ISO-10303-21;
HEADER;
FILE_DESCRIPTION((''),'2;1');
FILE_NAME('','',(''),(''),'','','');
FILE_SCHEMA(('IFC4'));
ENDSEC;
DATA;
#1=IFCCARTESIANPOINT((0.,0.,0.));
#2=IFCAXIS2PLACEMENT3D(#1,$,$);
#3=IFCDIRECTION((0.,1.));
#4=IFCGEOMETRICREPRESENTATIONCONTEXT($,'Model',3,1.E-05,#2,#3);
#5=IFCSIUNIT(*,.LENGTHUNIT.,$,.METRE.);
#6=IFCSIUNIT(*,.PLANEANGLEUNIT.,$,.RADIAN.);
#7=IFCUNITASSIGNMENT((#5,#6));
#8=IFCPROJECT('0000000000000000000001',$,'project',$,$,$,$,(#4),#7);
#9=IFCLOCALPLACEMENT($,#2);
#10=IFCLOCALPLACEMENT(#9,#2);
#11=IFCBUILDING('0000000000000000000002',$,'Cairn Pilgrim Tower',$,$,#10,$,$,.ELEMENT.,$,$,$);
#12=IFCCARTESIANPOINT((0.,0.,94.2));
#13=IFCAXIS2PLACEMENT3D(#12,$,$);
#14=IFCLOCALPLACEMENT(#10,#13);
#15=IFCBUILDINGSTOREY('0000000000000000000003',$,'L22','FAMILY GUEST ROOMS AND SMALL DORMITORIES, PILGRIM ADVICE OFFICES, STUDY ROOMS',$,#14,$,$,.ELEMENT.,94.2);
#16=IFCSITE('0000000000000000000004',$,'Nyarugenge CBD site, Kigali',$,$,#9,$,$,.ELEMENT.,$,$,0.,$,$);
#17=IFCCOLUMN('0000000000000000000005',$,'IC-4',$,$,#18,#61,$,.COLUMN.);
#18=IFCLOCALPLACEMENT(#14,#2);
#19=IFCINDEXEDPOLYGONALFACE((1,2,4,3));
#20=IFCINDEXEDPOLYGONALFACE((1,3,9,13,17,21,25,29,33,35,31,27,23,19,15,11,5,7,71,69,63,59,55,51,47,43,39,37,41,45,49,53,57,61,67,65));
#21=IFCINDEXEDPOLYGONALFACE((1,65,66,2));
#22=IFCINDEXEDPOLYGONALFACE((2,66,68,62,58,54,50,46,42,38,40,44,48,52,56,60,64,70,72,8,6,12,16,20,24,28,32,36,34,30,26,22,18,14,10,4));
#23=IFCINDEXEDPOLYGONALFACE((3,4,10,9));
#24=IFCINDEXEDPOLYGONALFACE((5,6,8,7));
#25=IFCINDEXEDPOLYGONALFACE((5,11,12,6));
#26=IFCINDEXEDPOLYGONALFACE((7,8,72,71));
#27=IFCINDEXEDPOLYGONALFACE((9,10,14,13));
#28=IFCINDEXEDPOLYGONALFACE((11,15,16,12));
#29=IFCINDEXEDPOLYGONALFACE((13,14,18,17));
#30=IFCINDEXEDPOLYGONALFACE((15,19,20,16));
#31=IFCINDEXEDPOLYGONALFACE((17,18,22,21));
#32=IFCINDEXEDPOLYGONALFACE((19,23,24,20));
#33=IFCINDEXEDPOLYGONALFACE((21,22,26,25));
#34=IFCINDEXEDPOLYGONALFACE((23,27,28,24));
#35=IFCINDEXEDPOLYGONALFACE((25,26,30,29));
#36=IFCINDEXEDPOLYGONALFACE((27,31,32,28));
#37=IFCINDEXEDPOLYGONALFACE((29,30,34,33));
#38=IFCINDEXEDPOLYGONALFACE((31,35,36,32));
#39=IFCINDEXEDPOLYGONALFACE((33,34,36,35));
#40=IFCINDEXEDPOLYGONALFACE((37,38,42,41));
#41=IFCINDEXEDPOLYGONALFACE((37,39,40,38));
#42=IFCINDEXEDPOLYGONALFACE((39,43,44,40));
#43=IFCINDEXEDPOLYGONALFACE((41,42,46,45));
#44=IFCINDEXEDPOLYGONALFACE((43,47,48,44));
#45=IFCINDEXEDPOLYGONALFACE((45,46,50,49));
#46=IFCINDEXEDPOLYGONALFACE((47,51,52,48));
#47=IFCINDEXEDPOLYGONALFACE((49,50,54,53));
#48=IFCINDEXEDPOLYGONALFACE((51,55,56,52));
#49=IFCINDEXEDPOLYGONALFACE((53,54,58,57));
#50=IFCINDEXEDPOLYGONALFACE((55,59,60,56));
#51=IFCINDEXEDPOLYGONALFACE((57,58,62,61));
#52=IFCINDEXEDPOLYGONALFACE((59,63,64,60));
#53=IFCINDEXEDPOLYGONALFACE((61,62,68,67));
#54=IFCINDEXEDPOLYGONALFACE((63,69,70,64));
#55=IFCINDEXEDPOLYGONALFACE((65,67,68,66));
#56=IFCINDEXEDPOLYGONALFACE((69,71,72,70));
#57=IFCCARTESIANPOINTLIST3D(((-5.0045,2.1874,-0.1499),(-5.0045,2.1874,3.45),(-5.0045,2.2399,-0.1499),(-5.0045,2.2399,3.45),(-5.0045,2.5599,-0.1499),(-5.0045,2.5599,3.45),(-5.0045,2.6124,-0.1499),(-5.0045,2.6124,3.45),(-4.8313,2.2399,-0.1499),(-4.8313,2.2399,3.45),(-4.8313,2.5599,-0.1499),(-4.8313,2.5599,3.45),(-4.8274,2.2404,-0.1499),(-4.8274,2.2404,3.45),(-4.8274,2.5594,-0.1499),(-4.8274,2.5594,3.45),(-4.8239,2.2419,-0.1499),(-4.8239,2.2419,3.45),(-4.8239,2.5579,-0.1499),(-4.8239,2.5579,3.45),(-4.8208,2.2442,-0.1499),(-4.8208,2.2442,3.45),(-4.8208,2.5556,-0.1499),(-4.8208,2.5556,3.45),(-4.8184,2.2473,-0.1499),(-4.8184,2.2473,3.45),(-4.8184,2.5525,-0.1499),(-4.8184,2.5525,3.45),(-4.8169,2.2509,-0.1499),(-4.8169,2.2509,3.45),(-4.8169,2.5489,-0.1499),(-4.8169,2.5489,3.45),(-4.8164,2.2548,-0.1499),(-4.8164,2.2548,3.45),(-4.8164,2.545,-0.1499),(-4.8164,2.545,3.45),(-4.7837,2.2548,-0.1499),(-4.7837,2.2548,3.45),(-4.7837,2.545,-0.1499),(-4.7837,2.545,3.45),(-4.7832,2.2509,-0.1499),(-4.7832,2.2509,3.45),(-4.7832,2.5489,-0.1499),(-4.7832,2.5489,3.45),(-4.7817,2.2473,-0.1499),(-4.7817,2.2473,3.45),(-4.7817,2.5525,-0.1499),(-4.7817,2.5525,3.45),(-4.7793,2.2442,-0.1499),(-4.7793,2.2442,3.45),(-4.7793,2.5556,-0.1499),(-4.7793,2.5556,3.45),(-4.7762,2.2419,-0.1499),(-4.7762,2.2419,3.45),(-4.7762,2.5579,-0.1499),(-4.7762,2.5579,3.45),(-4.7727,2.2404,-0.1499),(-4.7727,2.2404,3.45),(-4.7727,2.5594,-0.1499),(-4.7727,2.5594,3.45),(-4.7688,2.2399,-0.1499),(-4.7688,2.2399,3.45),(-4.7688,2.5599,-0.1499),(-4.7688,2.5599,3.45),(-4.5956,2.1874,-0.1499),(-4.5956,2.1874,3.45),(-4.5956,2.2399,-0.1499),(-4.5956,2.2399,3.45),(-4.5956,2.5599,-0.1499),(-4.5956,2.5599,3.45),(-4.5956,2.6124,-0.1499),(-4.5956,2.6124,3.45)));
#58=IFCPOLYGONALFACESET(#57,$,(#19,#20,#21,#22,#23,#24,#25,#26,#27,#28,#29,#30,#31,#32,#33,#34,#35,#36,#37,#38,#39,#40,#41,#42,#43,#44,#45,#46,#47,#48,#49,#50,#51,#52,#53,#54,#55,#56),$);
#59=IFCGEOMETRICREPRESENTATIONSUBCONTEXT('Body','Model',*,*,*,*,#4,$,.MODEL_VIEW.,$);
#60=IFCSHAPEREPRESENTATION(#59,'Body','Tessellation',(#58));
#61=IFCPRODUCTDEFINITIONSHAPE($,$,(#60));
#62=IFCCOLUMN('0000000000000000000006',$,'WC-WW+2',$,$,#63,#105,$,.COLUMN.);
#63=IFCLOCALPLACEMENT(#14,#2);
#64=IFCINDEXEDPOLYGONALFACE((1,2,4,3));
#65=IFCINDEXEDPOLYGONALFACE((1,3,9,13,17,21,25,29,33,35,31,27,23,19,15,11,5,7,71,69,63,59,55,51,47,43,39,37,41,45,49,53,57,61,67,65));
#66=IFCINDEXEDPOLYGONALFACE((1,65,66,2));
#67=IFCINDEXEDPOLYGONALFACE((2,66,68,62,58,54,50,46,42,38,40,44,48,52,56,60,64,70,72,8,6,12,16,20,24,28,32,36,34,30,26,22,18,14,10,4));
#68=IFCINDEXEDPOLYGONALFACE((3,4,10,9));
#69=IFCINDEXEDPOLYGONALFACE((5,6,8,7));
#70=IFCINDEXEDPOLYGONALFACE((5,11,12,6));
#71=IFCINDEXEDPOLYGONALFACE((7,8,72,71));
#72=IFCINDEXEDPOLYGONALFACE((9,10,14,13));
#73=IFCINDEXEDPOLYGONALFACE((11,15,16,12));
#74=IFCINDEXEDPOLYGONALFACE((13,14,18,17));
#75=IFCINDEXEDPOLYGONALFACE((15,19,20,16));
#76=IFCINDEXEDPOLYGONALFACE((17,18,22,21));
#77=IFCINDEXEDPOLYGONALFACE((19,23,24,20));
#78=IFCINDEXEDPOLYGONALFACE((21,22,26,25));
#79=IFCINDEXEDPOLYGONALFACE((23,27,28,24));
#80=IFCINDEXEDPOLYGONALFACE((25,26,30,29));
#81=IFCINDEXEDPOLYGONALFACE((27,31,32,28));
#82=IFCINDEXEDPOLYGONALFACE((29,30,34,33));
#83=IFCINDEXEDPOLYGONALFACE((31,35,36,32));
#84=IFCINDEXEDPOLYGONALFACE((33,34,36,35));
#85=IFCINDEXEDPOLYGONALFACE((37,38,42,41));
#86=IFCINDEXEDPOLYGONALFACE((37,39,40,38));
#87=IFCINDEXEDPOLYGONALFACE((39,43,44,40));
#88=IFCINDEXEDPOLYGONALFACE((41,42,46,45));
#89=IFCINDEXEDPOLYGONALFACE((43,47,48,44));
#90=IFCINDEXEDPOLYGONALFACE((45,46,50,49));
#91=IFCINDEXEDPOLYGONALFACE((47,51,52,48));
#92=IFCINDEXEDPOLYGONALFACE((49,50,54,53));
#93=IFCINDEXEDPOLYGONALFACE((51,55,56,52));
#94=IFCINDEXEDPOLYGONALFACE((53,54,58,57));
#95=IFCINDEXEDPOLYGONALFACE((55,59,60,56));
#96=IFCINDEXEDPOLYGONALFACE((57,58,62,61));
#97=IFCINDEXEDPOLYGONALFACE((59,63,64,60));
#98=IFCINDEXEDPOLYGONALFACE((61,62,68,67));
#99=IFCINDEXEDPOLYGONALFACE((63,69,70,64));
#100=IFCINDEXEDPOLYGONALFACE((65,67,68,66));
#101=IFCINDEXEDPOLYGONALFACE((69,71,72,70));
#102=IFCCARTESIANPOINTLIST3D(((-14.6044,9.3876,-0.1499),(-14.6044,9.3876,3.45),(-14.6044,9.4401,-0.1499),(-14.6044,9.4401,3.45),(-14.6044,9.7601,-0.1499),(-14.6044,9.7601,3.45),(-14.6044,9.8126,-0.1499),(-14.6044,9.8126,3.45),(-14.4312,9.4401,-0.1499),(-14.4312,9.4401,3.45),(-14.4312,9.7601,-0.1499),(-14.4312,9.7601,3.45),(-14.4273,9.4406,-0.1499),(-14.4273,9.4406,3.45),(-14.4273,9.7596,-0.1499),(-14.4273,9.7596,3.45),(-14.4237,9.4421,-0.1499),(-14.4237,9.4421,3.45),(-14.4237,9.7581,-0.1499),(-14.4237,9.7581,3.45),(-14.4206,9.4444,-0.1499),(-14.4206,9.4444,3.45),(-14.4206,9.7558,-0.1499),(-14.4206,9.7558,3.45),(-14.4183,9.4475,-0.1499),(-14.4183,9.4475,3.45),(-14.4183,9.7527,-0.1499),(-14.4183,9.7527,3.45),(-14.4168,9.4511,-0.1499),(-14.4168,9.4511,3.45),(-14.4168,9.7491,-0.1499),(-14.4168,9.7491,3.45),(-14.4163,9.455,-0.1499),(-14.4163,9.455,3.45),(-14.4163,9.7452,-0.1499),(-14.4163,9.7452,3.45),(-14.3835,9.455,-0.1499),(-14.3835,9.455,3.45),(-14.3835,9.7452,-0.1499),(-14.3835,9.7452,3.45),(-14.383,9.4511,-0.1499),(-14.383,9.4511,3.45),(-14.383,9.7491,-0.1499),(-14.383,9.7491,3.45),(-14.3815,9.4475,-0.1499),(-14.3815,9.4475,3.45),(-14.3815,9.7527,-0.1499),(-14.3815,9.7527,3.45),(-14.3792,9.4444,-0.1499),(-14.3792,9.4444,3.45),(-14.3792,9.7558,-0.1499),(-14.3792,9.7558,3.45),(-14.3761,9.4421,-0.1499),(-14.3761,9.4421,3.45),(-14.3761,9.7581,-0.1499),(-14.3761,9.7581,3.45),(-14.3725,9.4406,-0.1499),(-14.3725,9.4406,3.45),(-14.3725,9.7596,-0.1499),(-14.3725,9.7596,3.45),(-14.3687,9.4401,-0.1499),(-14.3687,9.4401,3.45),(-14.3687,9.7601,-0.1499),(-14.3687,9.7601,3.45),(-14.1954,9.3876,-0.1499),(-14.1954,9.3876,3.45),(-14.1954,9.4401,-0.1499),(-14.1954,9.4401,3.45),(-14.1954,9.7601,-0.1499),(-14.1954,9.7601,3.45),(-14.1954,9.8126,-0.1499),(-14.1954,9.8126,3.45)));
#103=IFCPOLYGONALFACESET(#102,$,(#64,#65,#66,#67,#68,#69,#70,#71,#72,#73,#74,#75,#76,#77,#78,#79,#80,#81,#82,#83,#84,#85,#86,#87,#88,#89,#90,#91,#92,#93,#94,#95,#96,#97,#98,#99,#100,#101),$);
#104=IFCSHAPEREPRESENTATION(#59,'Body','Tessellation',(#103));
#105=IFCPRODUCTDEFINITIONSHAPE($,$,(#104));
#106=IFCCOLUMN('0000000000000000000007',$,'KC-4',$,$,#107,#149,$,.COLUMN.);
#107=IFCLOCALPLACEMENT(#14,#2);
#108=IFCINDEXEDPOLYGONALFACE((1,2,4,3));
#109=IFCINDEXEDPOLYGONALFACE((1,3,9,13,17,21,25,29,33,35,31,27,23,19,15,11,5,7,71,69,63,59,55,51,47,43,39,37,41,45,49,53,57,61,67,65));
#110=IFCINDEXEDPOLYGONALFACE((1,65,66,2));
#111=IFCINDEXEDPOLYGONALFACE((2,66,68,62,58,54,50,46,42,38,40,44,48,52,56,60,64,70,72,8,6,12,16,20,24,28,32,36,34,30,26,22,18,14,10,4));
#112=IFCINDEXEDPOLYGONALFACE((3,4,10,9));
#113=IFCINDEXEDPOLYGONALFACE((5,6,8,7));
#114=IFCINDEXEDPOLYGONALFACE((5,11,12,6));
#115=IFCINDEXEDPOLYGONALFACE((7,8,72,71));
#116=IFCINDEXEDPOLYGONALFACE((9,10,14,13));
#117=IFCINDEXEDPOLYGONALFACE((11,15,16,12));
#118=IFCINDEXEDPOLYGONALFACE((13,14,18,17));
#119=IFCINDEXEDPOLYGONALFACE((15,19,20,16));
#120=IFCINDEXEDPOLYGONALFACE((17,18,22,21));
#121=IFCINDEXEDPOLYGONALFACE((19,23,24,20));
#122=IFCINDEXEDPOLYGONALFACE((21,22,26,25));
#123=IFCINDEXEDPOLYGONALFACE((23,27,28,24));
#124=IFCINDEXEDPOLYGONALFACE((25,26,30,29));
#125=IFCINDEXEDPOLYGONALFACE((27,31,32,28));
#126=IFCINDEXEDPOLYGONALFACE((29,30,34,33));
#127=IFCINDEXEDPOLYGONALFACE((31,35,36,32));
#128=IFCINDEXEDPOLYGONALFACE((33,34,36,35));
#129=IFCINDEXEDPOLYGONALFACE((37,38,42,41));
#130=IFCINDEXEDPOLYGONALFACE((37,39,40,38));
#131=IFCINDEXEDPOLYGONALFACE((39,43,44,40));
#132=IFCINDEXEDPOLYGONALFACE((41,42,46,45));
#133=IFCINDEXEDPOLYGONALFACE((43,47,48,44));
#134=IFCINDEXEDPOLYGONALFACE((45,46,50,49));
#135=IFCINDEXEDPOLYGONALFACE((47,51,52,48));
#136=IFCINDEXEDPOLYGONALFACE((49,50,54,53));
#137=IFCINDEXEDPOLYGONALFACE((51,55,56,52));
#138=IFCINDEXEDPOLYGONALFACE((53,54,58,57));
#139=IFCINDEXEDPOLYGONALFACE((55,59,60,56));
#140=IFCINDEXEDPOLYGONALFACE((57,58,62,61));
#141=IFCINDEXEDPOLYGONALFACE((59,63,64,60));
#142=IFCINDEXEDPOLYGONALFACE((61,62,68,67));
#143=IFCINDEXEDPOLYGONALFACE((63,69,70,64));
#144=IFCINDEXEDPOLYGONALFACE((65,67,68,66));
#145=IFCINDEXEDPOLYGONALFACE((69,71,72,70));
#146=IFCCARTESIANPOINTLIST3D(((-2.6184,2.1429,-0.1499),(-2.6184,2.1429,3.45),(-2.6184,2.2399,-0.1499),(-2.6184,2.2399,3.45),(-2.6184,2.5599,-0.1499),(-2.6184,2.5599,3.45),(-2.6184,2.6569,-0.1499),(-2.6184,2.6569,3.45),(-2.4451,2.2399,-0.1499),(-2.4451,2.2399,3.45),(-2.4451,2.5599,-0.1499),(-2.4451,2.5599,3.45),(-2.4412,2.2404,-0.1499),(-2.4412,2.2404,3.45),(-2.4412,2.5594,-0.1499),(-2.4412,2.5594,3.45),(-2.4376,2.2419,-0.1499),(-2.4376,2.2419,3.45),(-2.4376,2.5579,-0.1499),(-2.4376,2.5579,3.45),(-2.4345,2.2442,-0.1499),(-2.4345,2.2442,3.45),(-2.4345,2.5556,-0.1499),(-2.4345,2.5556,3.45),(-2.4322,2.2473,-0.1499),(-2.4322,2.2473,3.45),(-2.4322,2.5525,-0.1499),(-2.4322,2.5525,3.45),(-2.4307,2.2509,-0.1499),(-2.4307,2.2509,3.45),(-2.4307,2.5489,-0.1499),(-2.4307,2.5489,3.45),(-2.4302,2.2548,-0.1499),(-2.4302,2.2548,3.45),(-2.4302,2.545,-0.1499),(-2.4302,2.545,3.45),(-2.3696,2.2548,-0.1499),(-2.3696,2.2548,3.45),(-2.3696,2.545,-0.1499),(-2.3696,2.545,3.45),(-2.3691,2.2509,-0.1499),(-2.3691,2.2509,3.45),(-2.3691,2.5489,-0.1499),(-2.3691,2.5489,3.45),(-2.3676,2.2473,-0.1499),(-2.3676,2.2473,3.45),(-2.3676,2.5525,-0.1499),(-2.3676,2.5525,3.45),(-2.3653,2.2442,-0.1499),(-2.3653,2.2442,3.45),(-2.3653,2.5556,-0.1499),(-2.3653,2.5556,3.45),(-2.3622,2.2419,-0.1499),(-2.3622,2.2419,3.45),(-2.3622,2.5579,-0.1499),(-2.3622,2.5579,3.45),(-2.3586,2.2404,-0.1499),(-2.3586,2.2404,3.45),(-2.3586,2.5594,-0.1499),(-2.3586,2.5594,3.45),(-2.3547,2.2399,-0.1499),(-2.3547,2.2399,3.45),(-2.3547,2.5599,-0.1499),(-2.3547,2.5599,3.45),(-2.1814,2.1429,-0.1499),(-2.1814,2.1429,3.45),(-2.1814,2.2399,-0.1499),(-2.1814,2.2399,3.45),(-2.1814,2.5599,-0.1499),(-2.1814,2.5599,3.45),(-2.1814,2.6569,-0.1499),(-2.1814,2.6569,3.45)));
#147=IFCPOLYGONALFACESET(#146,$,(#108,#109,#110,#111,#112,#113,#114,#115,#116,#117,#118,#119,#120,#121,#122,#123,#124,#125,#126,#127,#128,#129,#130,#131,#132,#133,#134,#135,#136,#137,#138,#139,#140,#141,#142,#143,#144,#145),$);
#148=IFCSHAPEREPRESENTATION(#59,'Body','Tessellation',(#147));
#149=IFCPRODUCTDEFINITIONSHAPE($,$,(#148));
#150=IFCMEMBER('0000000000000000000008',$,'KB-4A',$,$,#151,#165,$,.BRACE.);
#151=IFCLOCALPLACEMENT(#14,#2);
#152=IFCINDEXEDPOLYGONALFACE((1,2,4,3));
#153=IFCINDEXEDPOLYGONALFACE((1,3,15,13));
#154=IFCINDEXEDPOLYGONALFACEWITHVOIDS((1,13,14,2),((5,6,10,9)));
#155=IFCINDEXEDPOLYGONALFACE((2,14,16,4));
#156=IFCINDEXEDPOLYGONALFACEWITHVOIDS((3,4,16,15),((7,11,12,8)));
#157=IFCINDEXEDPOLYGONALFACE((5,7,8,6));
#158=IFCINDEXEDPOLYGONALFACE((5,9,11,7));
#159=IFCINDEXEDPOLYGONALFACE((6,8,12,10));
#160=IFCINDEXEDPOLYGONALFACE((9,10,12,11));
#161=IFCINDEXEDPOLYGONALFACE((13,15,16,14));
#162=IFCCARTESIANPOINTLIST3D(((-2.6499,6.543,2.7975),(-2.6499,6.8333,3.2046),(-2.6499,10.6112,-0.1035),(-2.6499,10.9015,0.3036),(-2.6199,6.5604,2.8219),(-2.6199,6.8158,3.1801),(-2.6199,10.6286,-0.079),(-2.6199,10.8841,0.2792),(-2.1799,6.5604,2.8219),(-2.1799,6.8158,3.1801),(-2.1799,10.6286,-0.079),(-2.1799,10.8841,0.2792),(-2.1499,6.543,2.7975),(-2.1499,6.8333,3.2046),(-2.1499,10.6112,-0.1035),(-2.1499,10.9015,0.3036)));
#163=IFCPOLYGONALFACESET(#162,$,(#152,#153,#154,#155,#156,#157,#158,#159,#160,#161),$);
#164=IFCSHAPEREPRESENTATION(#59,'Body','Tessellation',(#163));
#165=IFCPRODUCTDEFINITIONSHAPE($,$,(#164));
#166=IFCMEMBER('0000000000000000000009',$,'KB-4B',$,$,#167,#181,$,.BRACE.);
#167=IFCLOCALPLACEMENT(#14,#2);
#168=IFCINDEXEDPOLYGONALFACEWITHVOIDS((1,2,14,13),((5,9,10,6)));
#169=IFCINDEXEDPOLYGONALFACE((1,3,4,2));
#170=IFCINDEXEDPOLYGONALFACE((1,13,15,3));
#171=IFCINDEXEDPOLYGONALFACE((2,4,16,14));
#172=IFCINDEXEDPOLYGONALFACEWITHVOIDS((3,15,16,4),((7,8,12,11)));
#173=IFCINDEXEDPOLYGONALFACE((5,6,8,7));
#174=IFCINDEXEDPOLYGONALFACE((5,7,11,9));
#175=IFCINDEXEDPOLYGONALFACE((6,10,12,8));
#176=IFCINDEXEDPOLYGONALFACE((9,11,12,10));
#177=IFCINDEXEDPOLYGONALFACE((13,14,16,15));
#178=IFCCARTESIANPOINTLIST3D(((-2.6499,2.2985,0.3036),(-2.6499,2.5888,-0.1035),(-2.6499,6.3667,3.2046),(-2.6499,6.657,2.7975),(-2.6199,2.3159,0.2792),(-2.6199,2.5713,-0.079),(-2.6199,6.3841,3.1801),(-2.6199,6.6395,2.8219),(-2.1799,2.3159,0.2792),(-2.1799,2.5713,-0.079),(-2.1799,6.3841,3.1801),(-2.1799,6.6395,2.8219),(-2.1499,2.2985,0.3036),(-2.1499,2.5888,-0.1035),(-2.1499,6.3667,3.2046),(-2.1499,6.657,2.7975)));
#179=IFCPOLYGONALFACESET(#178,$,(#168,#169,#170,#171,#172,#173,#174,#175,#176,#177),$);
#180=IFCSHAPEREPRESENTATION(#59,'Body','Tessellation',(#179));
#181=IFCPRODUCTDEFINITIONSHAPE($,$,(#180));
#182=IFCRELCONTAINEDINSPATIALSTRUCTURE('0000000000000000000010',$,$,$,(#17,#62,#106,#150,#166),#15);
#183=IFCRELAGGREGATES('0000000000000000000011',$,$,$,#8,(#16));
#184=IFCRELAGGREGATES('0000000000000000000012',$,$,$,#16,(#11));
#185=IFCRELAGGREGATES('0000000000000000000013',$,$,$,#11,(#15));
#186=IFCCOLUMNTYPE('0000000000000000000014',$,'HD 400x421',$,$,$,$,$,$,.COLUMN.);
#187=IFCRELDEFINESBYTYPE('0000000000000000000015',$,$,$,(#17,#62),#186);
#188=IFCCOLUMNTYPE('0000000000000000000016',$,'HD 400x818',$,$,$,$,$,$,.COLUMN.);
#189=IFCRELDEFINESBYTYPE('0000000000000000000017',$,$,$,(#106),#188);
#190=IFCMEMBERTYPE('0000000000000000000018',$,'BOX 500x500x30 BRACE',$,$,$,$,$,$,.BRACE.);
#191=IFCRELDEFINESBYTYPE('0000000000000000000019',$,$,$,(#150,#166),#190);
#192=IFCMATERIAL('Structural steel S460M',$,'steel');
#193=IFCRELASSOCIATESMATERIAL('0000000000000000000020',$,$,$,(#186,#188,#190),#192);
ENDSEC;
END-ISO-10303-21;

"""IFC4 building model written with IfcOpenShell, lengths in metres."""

from ifc_helpers import new_model, si_unit, direction, frame, origin, origin_2d, place, context, subcontext, project, spatial, hollow_rectangle, i_section, extrude, material, material_profile, profile_set, type_object, element, save


model = new_model("IFC4")

# Units and contexts
model_context = context("Model", 3, precision=1e-05, world=origin(), true_north=direction((0.0, 1.0)))
body_context = subcontext(model_context, "Body", "Model", "MODEL_VIEW")
ifc_project = project(units=[si_unit("LENGTHUNIT", "METRE"), si_unit("PLANEANGLEUNIT", "RADIAN")], contexts=[model_context])

# Site, building, storey
site_placement = place(None, origin())
site = spatial("IfcSite", under=ifc_project, at=site_placement, Name="Nyarugenge CBD site, Kigali", CompositionType="ELEMENT", RefElevation=0.0)
building_placement = place(site_placement, origin())
building = spatial("IfcBuilding", under=site, at=building_placement, Name="Cairn Pilgrim Tower", CompositionType="ELEMENT")
storey_placement = place(building_placement, frame((0.0, 0.0, 94.2)))
storey = spatial("IfcBuildingStorey", under=building, at=storey_placement, Name="L22", Description="FAMILY GUEST ROOMS AND SMALL DORMITORIES, PILGRIM ADVICE OFFICES, STUDY ROOMS", CompositionType="ELEMENT", Elevation=94.2)

# Columns
ifc_material_1 = material(Name="Structural steel S460M", Category="steel")
ifc_material_profile_1 = material_profile(ifc_material_1, i_section(OverallWidth=0.4089, OverallDepth=0.425, WebThickness=0.0327, FlangeThickness=0.0525, FilletRadius=0.0149, at=origin_2d()), Name="HD 400x421")
ifc_profile_set_1 = profile_set([ifc_material_profile_1], Name="Structural steel S460M")
column_type_1 = type_object("IfcColumnType", Name="HD 400x421", PredefinedType="COLUMN", material=ifc_profile_set_1)
for number, where, z_axis, x_axis, name in (
    (1, (-4.8, 2.3999, -0.1499), (0.0, 0.0, 1.0), (1.0, 0.0, 0.0), "IC-4"),
    (2, (-14.3999, 9.6001, -0.1499), (0.0, 0.0, 1.0), (1.0, 0.0, 0.0), "WC-WW+2"),
):
    element("IfcColumn", number, at=place(storey_placement, frame(where, z_axis=z_axis, x_axis=x_axis)), inside=storey, type_object=column_type_1, Name=name, PredefinedType="COLUMN", context=body_context, shape_type="SweptSolid", body=[
        extrude(i_section(OverallWidth=0.4089, OverallDepth=0.425, WebThickness=0.0327, FlangeThickness=0.0525, FilletRadius=0.0149, at=origin_2d()), origin(), (0.0, 0.0, 1.0), 3.5999),
    ])
ifc_material_profile_2 = material_profile(ifc_material_1, i_section(OverallWidth=0.437, OverallDepth=0.5139, WebThickness=0.0605, FlangeThickness=0.0969, FilletRadius=0.0149, at=origin_2d()), Name="HD 400x818")
ifc_profile_set_2 = profile_set([ifc_material_profile_2], Name="Structural steel S460M")
column_type_2 = type_object("IfcColumnType", Name="HD 400x818", PredefinedType="COLUMN", material=ifc_profile_set_2)
column_placement = place(storey_placement, frame((-2.3999, 2.3999, -0.1499), z_axis=(0.0, 0.0, 1.0), x_axis=(1.0, 0.0, 0.0)))
element("IfcColumn", 3, at=column_placement, inside=storey, type_object=column_type_2, Name="KC-4", PredefinedType="COLUMN", context=body_context, shape_type="SweptSolid", body=[
    extrude(i_section(OverallWidth=0.437, OverallDepth=0.5139, WebThickness=0.0605, FlangeThickness=0.0969, FilletRadius=0.0149, at=origin_2d()), origin(), (0.0, 0.0, 1.0), 3.5999),
])

# Members
ifc_material_profile_3 = material_profile(ifc_material_1, hollow_rectangle(XDim=0.5, YDim=0.5, WallThickness=0.03, at=origin_2d()), Name="BOX 500x500x30")
ifc_profile_set_3 = profile_set([ifc_material_profile_3], Name="Structural steel S460M")
member_type = type_object("IfcMemberType", Name="BOX 500x500x30 BRACE", PredefinedType="BRACE", material=ifc_profile_set_3)
for number, where, z_axis, x_axis, name in (
    (4, (-2.3999, 10.7563, 0.1001), (0.0, -0.814199, 0.580586), (1.0, 0.0, 0.0), "KB-4A"),
    (5, (-2.3999, 2.4436, 0.1001), (0.0, 0.814199, 0.580586), (-1.0, 0.0, 0.0), "KB-4B"),
):
    element("IfcMember", number, at=place(storey_placement, frame(where, z_axis=z_axis, x_axis=x_axis)), inside=storey, type_object=member_type, Name=name, PredefinedType="BRACE", context=body_context, shape_type="SweptSolid", body=[
        extrude(hollow_rectangle(XDim=0.5, YDim=0.5, WallThickness=0.03, at=origin_2d()), origin(), (0.0, 0.0, 1.0), 4.9966),
    ])

save(model, "model.ifc")
